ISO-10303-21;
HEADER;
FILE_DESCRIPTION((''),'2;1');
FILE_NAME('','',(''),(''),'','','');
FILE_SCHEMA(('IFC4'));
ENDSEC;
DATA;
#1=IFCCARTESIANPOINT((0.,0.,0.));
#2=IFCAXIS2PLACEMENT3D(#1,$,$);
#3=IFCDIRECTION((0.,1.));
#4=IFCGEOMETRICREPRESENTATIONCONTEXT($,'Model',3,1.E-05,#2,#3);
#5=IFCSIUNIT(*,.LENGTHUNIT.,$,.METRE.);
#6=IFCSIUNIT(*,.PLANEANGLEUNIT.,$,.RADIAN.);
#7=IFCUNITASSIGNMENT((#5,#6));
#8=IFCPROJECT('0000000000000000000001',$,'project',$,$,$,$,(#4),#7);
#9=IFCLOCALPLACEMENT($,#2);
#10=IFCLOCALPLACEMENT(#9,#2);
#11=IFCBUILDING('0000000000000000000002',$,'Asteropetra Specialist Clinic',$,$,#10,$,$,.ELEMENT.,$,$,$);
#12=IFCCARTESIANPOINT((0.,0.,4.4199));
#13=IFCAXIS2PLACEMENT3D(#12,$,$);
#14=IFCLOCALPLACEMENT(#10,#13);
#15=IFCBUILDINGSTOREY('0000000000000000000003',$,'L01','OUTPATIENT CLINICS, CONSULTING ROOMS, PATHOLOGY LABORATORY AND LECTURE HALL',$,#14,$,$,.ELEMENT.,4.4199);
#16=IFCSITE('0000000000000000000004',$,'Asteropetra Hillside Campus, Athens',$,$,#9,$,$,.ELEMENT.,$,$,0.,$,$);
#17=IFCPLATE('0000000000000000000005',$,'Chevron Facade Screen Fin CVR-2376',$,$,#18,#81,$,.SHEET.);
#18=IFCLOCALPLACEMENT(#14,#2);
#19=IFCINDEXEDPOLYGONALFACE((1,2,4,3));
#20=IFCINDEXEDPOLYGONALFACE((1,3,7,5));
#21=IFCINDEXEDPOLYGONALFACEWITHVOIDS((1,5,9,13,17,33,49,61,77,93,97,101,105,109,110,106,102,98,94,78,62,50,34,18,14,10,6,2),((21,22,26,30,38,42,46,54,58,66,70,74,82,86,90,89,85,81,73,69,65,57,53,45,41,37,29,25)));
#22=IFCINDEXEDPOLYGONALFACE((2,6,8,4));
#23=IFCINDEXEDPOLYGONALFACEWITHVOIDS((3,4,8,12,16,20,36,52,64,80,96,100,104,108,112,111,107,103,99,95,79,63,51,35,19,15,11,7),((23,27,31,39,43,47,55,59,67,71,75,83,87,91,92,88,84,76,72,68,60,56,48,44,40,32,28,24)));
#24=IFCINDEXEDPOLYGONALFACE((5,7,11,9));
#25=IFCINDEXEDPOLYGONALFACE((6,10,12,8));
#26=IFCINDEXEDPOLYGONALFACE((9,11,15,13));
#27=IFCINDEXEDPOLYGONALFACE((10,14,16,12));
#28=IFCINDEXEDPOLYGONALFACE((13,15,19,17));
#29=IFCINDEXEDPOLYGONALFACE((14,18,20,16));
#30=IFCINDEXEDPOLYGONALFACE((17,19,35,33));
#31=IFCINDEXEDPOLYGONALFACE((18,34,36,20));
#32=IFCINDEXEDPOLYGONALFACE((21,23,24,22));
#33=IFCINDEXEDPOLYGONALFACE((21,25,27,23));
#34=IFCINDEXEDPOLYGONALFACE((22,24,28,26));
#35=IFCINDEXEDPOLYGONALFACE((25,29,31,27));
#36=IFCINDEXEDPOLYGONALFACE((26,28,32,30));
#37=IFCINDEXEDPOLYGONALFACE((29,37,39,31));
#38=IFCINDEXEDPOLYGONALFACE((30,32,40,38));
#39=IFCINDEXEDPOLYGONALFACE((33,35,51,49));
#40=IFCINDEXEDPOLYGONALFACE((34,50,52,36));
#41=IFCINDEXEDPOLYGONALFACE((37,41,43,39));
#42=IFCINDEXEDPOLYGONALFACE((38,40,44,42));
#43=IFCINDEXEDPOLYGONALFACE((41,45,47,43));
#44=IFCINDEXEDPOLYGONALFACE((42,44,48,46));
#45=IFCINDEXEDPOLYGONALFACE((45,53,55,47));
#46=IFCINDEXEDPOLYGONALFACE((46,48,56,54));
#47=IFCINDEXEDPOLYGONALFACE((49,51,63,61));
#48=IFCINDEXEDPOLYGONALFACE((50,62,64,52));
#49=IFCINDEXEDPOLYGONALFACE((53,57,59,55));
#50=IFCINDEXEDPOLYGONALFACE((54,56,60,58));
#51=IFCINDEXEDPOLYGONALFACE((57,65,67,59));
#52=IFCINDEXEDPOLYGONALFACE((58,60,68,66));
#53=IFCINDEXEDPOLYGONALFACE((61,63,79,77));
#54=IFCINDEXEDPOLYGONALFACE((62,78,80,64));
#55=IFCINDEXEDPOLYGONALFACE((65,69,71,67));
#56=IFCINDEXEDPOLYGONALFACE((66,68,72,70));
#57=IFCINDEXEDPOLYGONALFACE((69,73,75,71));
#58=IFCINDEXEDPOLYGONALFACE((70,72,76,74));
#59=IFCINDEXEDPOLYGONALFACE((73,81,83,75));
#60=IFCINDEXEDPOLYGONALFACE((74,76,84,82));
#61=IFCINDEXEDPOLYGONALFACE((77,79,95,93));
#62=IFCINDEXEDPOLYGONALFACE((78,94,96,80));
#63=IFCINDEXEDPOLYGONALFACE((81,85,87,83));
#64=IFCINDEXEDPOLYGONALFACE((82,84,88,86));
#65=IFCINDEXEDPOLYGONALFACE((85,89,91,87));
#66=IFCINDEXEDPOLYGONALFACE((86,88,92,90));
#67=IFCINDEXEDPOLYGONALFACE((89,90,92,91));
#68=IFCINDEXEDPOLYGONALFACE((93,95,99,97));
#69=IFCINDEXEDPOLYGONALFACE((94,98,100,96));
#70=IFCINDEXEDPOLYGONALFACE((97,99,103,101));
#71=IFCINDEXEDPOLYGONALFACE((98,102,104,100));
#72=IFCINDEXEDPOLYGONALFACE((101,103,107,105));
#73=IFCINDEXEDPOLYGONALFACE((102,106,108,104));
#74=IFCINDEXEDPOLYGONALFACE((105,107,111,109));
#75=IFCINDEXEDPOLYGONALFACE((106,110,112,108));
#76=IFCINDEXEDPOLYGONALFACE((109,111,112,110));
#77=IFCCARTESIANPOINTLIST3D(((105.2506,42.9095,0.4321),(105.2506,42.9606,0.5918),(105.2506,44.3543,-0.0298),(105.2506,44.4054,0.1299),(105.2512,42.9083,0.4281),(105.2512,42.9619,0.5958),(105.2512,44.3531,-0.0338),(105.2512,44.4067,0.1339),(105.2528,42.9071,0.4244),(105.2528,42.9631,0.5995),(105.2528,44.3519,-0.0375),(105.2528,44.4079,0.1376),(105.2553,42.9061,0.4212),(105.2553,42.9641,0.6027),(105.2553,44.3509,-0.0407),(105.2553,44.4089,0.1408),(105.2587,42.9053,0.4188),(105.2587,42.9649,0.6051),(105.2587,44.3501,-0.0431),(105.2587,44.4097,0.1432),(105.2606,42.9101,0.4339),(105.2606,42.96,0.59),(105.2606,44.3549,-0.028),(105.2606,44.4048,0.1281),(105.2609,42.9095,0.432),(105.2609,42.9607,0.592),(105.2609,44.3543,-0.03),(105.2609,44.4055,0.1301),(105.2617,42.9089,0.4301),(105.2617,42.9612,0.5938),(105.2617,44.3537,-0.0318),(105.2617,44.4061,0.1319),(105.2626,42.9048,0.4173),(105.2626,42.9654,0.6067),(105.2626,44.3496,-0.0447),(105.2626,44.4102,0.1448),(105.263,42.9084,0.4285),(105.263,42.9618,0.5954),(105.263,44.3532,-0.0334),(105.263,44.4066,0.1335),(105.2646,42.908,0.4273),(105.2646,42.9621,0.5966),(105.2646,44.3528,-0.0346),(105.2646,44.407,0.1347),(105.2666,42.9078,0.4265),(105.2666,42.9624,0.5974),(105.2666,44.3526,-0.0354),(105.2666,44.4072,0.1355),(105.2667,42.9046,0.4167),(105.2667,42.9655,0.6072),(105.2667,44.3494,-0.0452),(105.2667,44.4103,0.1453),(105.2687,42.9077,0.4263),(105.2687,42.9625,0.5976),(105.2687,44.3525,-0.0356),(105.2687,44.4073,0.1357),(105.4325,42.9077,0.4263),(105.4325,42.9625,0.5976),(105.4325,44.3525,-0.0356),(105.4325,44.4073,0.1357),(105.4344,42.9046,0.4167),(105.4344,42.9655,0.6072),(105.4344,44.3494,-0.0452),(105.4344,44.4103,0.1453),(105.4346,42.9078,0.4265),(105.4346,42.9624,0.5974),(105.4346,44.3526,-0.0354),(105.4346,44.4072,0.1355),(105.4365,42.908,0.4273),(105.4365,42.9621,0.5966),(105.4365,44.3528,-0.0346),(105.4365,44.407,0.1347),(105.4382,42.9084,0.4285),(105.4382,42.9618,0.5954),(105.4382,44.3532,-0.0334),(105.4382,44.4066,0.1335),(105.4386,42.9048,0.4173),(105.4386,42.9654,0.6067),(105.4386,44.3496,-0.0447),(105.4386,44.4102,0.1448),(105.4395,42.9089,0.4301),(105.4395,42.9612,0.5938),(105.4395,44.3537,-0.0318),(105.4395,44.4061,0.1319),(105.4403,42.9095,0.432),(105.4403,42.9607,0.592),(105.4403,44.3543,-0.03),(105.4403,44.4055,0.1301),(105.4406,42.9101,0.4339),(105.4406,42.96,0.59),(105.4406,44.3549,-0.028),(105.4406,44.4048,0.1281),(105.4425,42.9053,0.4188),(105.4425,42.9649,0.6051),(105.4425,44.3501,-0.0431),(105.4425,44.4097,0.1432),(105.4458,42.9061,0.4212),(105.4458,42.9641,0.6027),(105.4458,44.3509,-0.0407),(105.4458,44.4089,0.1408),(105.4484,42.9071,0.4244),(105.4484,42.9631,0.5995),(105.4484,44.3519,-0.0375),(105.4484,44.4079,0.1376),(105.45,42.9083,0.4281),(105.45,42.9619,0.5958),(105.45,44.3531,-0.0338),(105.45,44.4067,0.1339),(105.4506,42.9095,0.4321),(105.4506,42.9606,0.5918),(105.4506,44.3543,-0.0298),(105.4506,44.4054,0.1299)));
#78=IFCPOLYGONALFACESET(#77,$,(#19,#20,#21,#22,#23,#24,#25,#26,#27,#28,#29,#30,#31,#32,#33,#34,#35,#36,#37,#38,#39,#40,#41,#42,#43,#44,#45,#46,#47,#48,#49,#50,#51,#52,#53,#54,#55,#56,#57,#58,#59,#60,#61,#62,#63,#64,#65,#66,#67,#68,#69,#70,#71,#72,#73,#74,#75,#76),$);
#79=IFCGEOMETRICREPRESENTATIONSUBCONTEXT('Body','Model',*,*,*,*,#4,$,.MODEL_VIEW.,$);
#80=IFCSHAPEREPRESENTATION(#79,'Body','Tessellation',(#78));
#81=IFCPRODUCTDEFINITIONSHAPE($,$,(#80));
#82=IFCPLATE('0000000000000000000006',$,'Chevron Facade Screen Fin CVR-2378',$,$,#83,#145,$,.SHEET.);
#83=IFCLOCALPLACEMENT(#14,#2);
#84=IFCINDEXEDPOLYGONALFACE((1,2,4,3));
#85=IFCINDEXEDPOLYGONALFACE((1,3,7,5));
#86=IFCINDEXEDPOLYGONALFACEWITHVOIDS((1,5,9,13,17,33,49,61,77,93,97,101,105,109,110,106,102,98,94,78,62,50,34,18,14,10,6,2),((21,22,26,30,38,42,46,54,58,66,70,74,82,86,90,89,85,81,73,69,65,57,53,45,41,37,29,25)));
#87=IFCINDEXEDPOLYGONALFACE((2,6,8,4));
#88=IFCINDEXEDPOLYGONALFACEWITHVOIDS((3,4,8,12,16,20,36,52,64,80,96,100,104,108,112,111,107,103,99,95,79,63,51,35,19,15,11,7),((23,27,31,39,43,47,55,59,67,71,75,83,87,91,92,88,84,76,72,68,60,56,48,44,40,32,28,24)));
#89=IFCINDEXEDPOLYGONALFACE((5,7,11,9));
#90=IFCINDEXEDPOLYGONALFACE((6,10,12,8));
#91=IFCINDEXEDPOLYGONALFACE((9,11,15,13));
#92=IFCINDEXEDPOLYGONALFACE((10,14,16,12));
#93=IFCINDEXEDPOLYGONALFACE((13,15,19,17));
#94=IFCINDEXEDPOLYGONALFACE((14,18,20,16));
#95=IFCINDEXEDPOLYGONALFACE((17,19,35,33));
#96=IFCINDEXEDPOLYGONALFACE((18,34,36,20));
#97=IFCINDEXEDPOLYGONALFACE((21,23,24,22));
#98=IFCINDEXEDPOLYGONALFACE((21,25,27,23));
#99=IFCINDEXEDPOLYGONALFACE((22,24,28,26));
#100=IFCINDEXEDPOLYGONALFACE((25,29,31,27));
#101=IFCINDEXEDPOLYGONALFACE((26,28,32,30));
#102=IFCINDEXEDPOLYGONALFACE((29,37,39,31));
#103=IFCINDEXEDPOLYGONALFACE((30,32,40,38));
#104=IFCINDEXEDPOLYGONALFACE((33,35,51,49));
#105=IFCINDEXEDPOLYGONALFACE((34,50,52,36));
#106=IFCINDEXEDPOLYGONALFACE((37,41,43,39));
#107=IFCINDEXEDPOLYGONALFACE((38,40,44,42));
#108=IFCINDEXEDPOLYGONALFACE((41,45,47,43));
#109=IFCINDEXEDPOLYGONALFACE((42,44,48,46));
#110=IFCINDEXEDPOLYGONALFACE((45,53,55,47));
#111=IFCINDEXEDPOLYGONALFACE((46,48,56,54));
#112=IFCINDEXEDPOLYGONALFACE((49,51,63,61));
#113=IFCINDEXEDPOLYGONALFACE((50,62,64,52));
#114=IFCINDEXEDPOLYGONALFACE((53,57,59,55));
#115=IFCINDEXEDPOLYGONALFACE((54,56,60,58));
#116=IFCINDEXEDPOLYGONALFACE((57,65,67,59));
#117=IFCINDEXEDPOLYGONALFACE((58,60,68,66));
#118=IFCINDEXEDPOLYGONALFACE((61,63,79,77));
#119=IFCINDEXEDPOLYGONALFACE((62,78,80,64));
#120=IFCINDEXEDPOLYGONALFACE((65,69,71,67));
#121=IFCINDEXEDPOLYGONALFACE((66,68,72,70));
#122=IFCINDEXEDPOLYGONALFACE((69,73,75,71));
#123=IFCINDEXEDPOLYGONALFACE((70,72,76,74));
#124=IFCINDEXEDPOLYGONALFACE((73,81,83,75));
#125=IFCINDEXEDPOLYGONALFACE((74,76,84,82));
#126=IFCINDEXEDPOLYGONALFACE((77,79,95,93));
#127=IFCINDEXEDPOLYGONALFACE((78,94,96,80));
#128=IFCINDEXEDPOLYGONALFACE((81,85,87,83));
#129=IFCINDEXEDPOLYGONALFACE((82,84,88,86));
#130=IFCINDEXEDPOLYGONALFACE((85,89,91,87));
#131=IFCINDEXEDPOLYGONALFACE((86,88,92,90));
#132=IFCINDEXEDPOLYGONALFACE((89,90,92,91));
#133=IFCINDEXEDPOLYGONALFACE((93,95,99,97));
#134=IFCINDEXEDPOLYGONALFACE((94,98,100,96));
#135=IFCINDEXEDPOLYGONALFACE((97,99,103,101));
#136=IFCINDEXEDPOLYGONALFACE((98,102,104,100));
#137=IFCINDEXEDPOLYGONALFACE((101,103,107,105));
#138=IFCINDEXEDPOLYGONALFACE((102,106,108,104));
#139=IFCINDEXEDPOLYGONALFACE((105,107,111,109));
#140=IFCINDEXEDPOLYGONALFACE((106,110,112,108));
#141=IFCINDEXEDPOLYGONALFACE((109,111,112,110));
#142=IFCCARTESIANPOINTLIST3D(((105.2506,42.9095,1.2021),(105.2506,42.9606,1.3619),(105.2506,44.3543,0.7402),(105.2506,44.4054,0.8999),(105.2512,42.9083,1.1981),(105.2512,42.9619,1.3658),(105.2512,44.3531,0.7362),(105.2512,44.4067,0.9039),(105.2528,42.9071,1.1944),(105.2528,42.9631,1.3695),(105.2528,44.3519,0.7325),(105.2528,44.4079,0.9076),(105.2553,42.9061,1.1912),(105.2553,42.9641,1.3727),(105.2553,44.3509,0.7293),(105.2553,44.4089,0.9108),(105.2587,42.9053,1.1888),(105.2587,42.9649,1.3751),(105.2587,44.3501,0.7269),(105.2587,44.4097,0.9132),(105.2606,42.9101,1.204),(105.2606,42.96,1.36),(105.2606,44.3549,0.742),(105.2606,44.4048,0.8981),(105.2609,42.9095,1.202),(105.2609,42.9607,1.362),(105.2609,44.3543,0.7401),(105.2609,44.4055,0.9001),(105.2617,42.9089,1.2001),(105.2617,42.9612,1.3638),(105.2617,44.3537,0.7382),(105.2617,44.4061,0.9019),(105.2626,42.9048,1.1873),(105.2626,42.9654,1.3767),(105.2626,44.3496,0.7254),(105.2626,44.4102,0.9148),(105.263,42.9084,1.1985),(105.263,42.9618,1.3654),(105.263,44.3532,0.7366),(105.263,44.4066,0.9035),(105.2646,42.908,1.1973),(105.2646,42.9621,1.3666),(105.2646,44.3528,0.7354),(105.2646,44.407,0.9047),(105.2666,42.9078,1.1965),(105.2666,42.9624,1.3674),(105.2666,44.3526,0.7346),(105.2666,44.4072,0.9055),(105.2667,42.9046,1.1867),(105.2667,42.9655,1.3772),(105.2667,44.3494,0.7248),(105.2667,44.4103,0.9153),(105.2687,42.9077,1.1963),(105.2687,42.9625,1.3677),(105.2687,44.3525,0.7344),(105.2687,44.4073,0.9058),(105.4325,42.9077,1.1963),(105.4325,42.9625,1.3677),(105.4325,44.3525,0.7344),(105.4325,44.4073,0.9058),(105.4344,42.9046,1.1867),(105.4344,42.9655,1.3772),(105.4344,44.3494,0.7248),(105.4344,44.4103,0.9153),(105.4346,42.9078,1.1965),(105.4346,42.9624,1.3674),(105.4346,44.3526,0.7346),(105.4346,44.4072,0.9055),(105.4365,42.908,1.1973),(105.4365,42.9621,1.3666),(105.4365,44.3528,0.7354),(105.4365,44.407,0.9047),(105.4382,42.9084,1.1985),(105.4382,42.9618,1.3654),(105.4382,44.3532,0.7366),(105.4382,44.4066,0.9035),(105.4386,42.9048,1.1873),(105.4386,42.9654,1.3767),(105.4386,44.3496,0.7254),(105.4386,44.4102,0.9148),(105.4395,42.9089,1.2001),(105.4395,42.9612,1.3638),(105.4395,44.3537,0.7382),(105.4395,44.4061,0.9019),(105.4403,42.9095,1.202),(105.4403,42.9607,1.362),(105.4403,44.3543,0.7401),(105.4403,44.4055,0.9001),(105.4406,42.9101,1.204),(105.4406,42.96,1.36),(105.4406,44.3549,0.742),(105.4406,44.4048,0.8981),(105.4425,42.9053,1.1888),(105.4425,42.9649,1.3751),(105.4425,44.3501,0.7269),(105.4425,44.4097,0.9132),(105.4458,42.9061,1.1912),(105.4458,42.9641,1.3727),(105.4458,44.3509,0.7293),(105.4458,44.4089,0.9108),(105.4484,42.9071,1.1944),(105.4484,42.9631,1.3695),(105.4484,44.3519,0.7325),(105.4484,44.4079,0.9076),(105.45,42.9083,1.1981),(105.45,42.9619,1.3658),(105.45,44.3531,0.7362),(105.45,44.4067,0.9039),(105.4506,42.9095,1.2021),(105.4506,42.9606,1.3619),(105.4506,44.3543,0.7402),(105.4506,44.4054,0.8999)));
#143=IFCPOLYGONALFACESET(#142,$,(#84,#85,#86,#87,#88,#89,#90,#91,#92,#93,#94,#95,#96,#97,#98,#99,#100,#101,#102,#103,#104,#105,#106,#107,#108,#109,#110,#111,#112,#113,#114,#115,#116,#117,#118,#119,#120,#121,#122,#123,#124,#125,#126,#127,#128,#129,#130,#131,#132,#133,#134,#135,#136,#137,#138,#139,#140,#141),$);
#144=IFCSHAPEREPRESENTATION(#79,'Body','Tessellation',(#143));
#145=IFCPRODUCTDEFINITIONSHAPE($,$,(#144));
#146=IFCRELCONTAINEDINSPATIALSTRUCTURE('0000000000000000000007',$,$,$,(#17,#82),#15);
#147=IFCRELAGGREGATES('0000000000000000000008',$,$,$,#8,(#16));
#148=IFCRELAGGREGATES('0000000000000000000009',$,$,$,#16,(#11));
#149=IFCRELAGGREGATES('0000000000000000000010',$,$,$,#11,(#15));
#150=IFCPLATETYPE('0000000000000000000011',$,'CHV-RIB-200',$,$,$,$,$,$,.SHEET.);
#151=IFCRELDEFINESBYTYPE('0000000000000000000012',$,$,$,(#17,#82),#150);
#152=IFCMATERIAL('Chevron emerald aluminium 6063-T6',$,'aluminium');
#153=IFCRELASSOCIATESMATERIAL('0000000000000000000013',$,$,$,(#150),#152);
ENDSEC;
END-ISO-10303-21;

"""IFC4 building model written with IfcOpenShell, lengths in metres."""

from ifc_helpers import new_model, si_unit, direction, frame, origin, origin_2d, place, context, subcontext, project, spatial, hollow_rectangle, extrude, material, material_profile, profile_set, type_object, element, save


model = new_model("IFC4")

# Units and contexts
model_context = context("Model", 3, precision=1e-05, world=origin(), true_north=direction((0.0, 1.0)))
body_context = subcontext(model_context, "Body", "Model", "MODEL_VIEW")
ifc_project = project(units=[si_unit("LENGTHUNIT", "METRE"), si_unit("PLANEANGLEUNIT", "RADIAN")], contexts=[model_context])

# Site, building, storey
site_placement = place(None, origin())
site = spatial("IfcSite", under=ifc_project, at=site_placement, Name="Asteropetra Hillside Campus, Athens", CompositionType="ELEMENT", RefElevation=0.0)
building_placement = place(site_placement, origin())
building = spatial("IfcBuilding", under=site, at=building_placement, Name="Asteropetra Specialist Clinic", CompositionType="ELEMENT")
storey_placement = place(building_placement, frame((0.0, 0.0, 4.4199)))
storey = spatial("IfcBuildingStorey", under=building, at=storey_placement, Name="L01", Description="OUTPATIENT CLINICS, CONSULTING ROOMS, PATHOLOGY LABORATORY AND LECTURE HALL", CompositionType="ELEMENT", Elevation=4.4199)

# Plates
ifc_material_1 = material(Name="Chevron emerald aluminium 6063-T6", Category="aluminium")
ifc_material_profile = material_profile(ifc_material_1, hollow_rectangle(XDim=0.2, YDim=0.2, WallThickness=0.01, InnerFilletRadius=0.0081, OuterFilletRadius=0.0161, at=origin_2d()), Name="SHS 200x200x10.0")
ifc_profile_set = profile_set([ifc_material_profile], Name="Chevron emerald aluminium 6063-T6")
plate_type = type_object("IfcPlateType", Name="CHV-RIB-200", PredefinedType="SHEET", material=ifc_profile_set)
for number, where, z_axis, x_axis, name in (
    (1, (105.3506, 44.3799, 0.05), (0.0, -0.952506, 0.304519), (1.0, 0.0, 0.0), "Chevron Facade Screen Fin CVR-2376"),
    (2, (105.3506, 44.3799, 0.8201), (0.0, -0.952506, 0.304519), (1.0, 0.0, 0.0), "Chevron Facade Screen Fin CVR-2378"),
):
    element("IfcPlate", number, at=place(storey_placement, frame(where, z_axis=z_axis, x_axis=x_axis)), inside=storey, type_object=plate_type, Name=name, PredefinedType="SHEET", context=body_context, shape_type="SweptSolid", body=[
        extrude(hollow_rectangle(XDim=0.2, YDim=0.2, WallThickness=0.01, InnerFilletRadius=0.0081, OuterFilletRadius=0.0161, at=origin_2d()), origin(), (0.0, 0.0, 1.0), 1.5168),
    ])

save(model, "model.ifc")
